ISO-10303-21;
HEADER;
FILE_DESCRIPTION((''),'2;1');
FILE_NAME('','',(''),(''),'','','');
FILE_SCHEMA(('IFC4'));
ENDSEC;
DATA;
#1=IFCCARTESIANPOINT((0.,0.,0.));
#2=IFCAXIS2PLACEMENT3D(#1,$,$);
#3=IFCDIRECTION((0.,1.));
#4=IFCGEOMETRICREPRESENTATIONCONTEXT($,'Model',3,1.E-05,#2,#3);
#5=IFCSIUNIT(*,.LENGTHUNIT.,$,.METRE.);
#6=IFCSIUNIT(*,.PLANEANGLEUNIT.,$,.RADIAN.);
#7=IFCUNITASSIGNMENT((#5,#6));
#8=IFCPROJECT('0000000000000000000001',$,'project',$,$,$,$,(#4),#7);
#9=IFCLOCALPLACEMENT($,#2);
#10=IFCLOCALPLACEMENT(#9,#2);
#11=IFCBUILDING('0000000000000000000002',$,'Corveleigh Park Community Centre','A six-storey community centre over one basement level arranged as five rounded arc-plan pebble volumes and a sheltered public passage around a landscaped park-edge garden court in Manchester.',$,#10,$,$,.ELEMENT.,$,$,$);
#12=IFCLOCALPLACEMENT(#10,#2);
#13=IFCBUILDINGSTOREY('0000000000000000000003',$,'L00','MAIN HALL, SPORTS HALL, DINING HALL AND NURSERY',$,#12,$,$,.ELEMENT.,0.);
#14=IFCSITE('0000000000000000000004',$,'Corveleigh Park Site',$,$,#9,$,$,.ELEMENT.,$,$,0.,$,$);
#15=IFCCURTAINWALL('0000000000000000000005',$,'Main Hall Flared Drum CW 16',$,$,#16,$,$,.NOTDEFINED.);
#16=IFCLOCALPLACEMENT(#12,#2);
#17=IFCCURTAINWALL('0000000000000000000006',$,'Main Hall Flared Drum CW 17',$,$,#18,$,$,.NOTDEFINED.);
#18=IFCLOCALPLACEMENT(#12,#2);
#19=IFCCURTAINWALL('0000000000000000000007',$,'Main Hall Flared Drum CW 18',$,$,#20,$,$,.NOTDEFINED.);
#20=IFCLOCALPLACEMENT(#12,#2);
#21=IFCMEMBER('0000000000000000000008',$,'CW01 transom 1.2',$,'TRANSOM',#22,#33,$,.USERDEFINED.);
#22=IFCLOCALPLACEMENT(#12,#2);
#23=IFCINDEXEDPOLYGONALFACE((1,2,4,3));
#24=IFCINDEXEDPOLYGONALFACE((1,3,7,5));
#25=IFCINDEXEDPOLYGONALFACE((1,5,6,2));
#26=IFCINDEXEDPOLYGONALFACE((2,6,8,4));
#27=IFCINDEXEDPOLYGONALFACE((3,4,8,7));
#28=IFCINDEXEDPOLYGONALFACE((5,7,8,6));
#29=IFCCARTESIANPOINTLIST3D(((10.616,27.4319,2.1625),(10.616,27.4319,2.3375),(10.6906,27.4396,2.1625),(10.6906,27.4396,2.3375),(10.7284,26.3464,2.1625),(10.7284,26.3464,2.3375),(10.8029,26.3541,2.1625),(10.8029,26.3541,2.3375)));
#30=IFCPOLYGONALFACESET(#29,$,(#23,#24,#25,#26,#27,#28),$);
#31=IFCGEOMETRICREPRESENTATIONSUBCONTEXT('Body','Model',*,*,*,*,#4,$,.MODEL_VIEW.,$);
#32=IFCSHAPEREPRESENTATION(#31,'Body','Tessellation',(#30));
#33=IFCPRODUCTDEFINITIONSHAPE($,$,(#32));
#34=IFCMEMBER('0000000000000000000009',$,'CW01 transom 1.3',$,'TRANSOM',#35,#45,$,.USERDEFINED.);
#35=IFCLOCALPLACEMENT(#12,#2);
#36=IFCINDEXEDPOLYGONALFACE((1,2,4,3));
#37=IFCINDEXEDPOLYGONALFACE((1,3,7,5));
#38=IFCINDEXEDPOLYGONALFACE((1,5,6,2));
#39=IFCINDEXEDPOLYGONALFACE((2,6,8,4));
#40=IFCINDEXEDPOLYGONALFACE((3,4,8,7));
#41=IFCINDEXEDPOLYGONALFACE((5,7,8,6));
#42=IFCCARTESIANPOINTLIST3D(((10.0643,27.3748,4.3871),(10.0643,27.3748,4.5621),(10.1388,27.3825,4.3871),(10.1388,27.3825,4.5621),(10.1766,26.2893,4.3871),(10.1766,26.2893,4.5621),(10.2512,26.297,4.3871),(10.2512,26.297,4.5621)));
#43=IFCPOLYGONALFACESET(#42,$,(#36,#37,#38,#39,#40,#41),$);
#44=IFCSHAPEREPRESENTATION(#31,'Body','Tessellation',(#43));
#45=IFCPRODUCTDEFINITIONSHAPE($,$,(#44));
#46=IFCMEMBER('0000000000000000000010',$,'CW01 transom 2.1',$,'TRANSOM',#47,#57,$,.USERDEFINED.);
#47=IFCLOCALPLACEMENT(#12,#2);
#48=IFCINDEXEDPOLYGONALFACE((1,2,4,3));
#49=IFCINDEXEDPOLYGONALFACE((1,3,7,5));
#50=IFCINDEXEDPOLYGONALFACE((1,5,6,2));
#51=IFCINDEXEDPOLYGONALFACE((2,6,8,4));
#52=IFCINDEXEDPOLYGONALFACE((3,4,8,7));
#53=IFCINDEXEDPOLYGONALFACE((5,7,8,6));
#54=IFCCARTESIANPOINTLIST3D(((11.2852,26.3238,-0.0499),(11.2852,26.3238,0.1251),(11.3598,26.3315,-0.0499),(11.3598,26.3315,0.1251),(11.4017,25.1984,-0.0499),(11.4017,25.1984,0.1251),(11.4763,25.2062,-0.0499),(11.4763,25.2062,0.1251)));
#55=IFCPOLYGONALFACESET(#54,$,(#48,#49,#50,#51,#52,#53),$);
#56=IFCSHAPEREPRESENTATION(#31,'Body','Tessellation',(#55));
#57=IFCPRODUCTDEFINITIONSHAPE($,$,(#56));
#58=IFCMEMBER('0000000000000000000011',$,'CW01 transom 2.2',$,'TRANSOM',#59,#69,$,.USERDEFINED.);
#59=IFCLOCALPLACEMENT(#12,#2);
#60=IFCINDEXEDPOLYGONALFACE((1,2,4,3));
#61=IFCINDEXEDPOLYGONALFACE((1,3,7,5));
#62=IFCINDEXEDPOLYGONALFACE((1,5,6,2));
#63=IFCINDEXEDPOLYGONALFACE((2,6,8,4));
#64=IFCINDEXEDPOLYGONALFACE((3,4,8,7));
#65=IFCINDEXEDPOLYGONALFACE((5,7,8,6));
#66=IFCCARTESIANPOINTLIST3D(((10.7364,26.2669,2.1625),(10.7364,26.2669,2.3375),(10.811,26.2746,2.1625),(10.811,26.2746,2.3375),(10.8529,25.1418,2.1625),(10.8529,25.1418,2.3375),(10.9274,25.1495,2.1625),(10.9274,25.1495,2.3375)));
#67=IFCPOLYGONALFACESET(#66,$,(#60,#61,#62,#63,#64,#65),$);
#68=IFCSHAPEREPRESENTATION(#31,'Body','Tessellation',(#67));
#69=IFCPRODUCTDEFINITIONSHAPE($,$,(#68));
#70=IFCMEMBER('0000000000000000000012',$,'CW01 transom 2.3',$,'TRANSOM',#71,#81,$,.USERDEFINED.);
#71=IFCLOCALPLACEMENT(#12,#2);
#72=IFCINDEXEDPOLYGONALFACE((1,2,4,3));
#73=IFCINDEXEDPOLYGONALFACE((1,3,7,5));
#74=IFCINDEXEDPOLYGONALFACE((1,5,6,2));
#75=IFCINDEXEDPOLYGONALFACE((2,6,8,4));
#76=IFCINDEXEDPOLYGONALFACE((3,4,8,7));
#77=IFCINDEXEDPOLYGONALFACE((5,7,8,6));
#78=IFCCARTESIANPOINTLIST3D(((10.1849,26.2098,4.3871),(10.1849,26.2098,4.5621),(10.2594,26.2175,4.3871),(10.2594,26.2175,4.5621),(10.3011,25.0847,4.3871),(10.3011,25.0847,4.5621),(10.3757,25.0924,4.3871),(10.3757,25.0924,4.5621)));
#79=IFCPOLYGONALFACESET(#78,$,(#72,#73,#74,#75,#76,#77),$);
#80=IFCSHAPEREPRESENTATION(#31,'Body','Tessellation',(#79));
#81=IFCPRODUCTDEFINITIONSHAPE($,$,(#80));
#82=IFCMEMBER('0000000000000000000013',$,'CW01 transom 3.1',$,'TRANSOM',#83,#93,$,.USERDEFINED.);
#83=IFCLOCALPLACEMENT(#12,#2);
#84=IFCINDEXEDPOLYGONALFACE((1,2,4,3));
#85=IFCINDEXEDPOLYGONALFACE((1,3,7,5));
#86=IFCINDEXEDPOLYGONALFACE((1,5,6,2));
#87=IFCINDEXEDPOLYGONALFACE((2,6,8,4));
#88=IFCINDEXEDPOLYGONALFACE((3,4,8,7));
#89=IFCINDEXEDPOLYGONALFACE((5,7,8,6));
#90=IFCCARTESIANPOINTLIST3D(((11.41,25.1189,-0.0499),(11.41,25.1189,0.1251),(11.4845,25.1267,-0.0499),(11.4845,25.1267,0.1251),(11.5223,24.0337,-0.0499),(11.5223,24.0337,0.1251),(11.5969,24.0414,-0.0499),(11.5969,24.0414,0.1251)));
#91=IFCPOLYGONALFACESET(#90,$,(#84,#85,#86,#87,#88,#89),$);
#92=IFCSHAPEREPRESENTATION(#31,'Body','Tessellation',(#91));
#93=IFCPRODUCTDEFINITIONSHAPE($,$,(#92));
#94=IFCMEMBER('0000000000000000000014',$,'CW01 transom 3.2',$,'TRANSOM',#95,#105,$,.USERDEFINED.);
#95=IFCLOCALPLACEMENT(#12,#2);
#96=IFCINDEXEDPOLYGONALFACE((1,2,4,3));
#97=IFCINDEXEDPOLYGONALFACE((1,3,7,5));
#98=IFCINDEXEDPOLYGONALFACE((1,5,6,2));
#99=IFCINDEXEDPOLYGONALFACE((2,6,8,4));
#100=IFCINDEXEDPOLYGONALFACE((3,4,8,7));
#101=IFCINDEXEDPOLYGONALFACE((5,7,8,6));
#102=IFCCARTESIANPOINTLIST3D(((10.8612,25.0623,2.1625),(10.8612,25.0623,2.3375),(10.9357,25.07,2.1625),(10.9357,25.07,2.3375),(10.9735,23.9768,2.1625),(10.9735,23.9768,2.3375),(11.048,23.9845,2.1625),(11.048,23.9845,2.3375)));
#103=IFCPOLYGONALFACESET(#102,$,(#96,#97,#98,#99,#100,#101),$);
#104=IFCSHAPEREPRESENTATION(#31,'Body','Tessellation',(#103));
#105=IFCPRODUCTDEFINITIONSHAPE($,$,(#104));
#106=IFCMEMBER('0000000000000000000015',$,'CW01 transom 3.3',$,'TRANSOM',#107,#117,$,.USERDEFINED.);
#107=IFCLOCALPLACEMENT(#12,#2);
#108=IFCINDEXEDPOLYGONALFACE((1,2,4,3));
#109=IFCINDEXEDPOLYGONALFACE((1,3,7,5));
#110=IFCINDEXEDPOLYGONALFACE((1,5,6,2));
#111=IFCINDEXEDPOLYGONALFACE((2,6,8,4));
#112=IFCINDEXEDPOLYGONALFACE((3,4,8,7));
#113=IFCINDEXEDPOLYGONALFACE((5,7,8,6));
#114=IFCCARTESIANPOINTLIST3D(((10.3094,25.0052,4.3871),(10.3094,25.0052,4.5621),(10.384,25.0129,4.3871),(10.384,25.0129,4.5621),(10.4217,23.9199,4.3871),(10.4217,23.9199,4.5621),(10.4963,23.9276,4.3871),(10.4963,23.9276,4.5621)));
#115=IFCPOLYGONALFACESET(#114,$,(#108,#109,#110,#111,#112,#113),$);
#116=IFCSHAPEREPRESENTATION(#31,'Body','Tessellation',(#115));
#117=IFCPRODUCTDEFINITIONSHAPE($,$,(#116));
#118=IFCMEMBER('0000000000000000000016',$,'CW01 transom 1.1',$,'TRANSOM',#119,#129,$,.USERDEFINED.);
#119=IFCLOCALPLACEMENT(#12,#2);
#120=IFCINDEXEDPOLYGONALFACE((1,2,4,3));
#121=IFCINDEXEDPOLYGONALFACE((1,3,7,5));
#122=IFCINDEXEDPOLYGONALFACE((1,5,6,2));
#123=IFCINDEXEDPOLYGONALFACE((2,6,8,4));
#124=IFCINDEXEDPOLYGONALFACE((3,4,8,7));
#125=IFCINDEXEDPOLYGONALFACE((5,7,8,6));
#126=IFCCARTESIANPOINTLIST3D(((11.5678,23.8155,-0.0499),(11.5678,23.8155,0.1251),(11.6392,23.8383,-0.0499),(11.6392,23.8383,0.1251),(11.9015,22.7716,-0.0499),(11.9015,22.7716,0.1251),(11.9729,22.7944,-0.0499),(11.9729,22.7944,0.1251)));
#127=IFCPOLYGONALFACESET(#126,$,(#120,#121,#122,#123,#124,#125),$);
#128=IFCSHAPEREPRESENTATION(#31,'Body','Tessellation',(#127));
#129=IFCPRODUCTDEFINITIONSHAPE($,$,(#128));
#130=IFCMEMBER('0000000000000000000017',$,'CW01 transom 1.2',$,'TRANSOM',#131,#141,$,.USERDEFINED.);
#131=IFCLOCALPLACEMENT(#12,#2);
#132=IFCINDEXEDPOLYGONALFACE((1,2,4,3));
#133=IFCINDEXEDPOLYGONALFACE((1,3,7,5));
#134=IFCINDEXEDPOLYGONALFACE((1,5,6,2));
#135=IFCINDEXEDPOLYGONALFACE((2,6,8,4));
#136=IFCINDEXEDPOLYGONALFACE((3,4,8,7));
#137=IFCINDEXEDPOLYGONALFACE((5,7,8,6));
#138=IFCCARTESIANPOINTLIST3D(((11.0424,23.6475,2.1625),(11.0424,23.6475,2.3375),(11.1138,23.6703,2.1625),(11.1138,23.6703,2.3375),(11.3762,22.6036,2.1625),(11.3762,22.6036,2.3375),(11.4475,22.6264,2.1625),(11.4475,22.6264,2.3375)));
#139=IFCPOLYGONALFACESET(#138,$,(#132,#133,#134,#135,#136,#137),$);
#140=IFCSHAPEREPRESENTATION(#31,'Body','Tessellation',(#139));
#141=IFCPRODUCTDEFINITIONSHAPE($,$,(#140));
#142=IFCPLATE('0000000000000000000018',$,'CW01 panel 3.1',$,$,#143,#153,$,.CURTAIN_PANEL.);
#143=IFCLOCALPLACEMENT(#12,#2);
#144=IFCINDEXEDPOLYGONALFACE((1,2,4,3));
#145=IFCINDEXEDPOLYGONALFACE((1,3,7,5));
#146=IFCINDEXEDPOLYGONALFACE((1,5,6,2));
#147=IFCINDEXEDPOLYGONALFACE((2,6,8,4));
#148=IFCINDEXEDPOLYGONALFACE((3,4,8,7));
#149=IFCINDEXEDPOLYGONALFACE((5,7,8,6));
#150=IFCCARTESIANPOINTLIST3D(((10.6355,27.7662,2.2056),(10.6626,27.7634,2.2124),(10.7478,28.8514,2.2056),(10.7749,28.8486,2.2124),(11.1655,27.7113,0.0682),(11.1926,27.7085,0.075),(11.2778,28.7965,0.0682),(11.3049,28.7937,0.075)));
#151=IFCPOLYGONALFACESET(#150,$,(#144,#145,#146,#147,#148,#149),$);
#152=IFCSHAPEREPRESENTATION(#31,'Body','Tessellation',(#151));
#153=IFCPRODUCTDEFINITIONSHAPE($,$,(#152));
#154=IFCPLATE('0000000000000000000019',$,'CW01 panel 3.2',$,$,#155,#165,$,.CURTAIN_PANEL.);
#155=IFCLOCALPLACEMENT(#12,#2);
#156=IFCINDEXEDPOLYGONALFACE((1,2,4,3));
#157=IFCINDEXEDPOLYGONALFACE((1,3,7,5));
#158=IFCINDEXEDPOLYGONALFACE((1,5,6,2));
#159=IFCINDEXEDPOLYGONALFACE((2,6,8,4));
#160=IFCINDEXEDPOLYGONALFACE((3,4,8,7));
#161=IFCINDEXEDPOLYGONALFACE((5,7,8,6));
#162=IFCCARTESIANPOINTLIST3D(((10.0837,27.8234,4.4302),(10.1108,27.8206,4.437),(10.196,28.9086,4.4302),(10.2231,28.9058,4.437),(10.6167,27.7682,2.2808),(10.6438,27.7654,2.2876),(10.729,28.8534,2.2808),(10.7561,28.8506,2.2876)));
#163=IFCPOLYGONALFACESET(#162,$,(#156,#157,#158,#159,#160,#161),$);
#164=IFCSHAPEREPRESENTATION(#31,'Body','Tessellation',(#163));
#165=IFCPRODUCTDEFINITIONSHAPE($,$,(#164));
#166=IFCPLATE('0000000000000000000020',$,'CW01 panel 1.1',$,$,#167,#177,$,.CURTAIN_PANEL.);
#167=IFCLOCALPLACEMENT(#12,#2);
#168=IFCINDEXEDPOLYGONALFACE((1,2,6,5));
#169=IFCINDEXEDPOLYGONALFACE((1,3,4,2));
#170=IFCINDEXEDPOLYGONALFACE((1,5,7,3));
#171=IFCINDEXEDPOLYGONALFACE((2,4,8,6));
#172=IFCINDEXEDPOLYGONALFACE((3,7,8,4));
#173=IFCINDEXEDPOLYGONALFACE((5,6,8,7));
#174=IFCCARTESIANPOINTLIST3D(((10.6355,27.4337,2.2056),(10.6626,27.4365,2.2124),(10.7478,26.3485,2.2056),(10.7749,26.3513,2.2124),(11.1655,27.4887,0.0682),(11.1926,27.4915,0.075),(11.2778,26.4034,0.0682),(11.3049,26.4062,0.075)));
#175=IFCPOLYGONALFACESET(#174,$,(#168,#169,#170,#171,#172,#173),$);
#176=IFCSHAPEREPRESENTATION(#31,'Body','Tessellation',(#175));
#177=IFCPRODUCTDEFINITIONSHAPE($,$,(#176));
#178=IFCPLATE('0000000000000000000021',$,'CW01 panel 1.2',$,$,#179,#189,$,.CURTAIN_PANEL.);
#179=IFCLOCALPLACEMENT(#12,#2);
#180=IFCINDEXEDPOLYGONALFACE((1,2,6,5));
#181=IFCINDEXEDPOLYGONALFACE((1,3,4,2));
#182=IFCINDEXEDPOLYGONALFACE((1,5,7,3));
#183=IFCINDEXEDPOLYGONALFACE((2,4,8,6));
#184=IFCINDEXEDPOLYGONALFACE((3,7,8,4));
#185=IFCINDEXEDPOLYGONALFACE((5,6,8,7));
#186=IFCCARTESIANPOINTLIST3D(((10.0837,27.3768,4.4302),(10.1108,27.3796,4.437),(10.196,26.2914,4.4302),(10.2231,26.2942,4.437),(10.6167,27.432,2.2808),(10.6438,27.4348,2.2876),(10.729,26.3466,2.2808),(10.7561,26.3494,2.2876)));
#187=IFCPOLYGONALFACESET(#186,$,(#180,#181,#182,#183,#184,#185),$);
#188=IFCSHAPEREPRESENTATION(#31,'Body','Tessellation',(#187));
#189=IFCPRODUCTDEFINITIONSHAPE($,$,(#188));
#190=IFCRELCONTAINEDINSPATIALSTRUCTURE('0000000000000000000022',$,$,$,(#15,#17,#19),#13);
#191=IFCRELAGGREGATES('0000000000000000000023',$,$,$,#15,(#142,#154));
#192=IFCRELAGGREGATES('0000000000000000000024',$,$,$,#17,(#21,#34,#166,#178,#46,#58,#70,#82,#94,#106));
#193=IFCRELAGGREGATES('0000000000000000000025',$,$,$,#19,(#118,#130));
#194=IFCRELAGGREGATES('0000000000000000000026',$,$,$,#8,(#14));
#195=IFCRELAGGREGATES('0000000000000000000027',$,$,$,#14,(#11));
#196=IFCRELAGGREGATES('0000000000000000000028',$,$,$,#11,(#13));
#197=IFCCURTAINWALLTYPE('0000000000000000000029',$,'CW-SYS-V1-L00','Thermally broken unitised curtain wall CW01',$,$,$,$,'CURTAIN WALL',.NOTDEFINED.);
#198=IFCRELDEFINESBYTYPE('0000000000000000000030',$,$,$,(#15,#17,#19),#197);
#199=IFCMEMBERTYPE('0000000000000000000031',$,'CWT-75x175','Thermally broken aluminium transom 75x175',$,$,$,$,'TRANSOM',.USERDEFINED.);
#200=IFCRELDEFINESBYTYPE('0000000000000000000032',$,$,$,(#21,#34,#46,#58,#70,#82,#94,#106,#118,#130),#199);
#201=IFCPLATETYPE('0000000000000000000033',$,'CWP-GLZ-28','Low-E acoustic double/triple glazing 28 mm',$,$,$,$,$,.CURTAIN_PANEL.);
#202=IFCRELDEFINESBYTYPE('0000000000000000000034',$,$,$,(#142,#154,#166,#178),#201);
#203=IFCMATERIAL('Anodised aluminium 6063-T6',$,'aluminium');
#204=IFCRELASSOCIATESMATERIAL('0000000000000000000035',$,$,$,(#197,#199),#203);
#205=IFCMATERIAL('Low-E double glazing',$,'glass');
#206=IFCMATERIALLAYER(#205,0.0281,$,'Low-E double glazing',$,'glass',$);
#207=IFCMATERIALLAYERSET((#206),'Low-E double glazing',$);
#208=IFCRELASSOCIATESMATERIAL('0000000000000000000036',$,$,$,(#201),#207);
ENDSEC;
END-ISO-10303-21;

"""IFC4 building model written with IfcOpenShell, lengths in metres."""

from ifc_helpers import new_model, si_unit, direction, frame, origin, origin_2d, place, context, subcontext, project, spatial, polyline, rectangle, outline, extrude, material, layer, layer_set, material_profile, profile_set, type_object, element, aggregate, save


model = new_model("IFC4")

# Units and contexts
model_context = context("Model", 3, precision=1e-05, world=origin(), true_north=direction((0.0, 1.0)))
body_context = subcontext(model_context, "Body", "Model", "MODEL_VIEW")
ifc_project = project(units=[si_unit("LENGTHUNIT", "METRE"), si_unit("PLANEANGLEUNIT", "RADIAN")], contexts=[model_context])

# Site, building, storey
site_placement = place(None, origin())
site = spatial("IfcSite", under=ifc_project, at=site_placement, Name="Corveleigh Park Site", CompositionType="ELEMENT", RefElevation=0.0)
building_placement = place(site_placement, origin())
building = spatial("IfcBuilding", under=site, at=building_placement, Name="Corveleigh Park Community Centre", Description="A six-storey community centre over one basement level arranged as five rounded arc-plan pebble volumes and a sheltered public passage around a landscaped park-edge garden court in Manchester.", CompositionType="ELEMENT")
storey_placement = place(building_placement, origin())
storey = spatial("IfcBuildingStorey", under=building, at=storey_placement, Name="L00", Description="MAIN HALL, SPORTS HALL, DINING HALL AND NURSERY", CompositionType="ELEMENT", Elevation=0.0)

# Curtain walls
ifc_material_1 = material(Name="Anodised aluminium 6063-T6", Category="aluminium")
curtain_wall_type = type_object("IfcCurtainWallType", Name="CW-SYS-V1-L00", Description="Thermally broken unitised curtain wall CW01", ElementType="CURTAIN WALL", PredefinedType="NOTDEFINED", material=ifc_material_1)
curtain_wall_1_placement = place(storey_placement, origin())
curtain_wall_1 = element("IfcCurtainWall", 1, at=curtain_wall_1_placement, inside=storey, type_object=curtain_wall_type, Name="Main Hall Flared Drum CW 16", PredefinedType="NOTDEFINED")
curtain_wall_2_placement = place(storey_placement, origin())
curtain_wall_2 = element("IfcCurtainWall", 2, at=curtain_wall_2_placement, inside=storey, type_object=curtain_wall_type, Name="Main Hall Flared Drum CW 17", PredefinedType="NOTDEFINED")

# Curtain wall
curtain_wall_3_placement = place(storey_placement, origin())
curtain_wall_3 = element("IfcCurtainWall", 3, at=curtain_wall_3_placement, inside=storey, type_object=curtain_wall_type, Name="Main Hall Flared Drum CW 18", PredefinedType="NOTDEFINED")

# Members
ifc_material_profile_1 = material_profile(ifc_material_1, rectangle(XDim=0.075, YDim=0.175, at=origin_2d()), Name="ALU-T75x175", Category="aluminium")
ifc_profile_set_1 = profile_set([ifc_material_profile_1], Name="Anodised aluminium 6063-T6")
member_type_1 = type_object("IfcMemberType", Name="CWT-75x175", Description="Thermally broken aluminium transom 75x175", ElementType="TRANSOM", PredefinedType="USERDEFINED", material=ifc_profile_set_1)
member_1_placement = place(storey_placement, frame((10.6533, 27.4358, 2.25), z_axis=(0.102914, -0.99469, 0.0), x_axis=(0.99469, 0.102914, 0.0)))
member_1 = element("IfcMember", 4, at=member_1_placement, type_object=member_type_1, Name="CW01 transom 1.2", ObjectType="TRANSOM", PredefinedType="USERDEFINED", context=body_context, shape_type="SweptSolid", body=[
    extrude(rectangle(XDim=0.075, YDim=0.175, at=origin_2d()), origin(), (0.0, 0.0, 1.0), 1.0913),
])
member_2_placement = place(storey_placement, frame((10.1016, 27.3787, 4.4746), z_axis=(0.102914, -0.99469, 0.0), x_axis=(0.99469, 0.102914, 0.0)))
member_2 = element("IfcMember", 5, at=member_2_placement, type_object=member_type_1, Name="CW01 transom 1.3", ObjectType="TRANSOM", PredefinedType="USERDEFINED", context=body_context, shape_type="SweptSolid", body=[
    extrude(rectangle(XDim=0.075, YDim=0.175, at=origin_2d()), origin(), (0.0, 0.0, 1.0), 1.0913),
])
member_3_placement = place(storey_placement, frame((11.3225, 26.3276, 0.0376), z_axis=(0.102943, -0.994687, 0.0), x_axis=(0.994687, 0.102943, 0.0)))
member_3 = element("IfcMember", 6, at=member_3_placement, type_object=member_type_1, Name="CW01 transom 2.1", ObjectType="TRANSOM", PredefinedType="USERDEFINED", context=body_context, shape_type="SweptSolid", body=[
    extrude(rectangle(XDim=0.075, YDim=0.175, at=origin_2d()), origin(), (0.0, 0.0, 1.0), 1.1313),
])
member_4_placement = place(storey_placement, frame((10.7737, 26.2708, 2.25), z_axis=(0.102965, -0.994685, 0.0), x_axis=(0.994685, 0.102965, 0.0)))
member_4 = element("IfcMember", 7, at=member_4_placement, type_object=member_type_1, Name="CW01 transom 2.2", ObjectType="TRANSOM", PredefinedType="USERDEFINED", context=body_context, shape_type="SweptSolid", body=[
    extrude(rectangle(XDim=0.075, YDim=0.175, at=origin_2d()), origin(), (0.0, 0.0, 1.0), 1.1311),
])
member_5_placement = place(storey_placement, frame((10.2222, 26.2136, 4.4746), z_axis=(0.102752, -0.994707, 0.0), x_axis=(0.994707, 0.102752, 0.0)))
member_5 = element("IfcMember", 8, at=member_5_placement, type_object=member_type_1, Name="CW01 transom 2.3", ObjectType="TRANSOM", PredefinedType="USERDEFINED", context=body_context, shape_type="SweptSolid", body=[
    extrude(rectangle(XDim=0.075, YDim=0.175, at=origin_2d()), origin(), (0.0, 0.0, 1.0), 1.1311),
])
member_6_placement = place(storey_placement, frame((11.4473, 25.1228, 0.0376), z_axis=(0.102937, -0.994688, 0.0), x_axis=(0.994688, 0.102937, 0.0)))
member_6 = element("IfcMember", 9, at=member_6_placement, type_object=member_type_1, Name="CW01 transom 3.1", ObjectType="TRANSOM", PredefinedType="USERDEFINED", context=body_context, shape_type="SweptSolid", body=[
    extrude(rectangle(XDim=0.075, YDim=0.175, at=origin_2d()), origin(), (0.0, 0.0, 1.0), 1.0911),
])
member_7_placement = place(storey_placement, frame((10.8984, 25.0662, 2.25), z_axis=(0.102914, -0.99469, 0.0), x_axis=(0.99469, 0.102914, 0.0)))
member_7 = element("IfcMember", 10, at=member_7_placement, type_object=member_type_1, Name="CW01 transom 3.2", ObjectType="TRANSOM", PredefinedType="USERDEFINED", context=body_context, shape_type="SweptSolid", body=[
    extrude(rectangle(XDim=0.075, YDim=0.175, at=origin_2d()), origin(), (0.0, 0.0, 1.0), 1.0913),
])
member_8_placement = place(storey_placement, frame((10.3467, 25.009, 4.4746), z_axis=(0.102937, -0.994688, 0.0), x_axis=(0.994688, 0.102937, 0.0)))
member_8 = element("IfcMember", 11, at=member_8_placement, type_object=member_type_1, Name="CW01 transom 3.3", ObjectType="TRANSOM", PredefinedType="USERDEFINED", context=body_context, shape_type="SweptSolid", body=[
    extrude(rectangle(XDim=0.075, YDim=0.175, at=origin_2d()), origin(), (0.0, 0.0, 1.0), 1.0911),
])
member_9_placement = place(storey_placement, frame((11.6035, 23.8269, 0.0376), z_axis=(0.304509, -0.952509, 0.0), x_axis=(0.952509, 0.304509, 0.0)))
member_9 = element("IfcMember", 12, at=member_9_placement, type_object=member_type_1, Name="CW01 transom 1.1", ObjectType="TRANSOM", PredefinedType="USERDEFINED", context=body_context, shape_type="SweptSolid", body=[
    extrude(rectangle(XDim=0.075, YDim=0.175, at=origin_2d()), origin(), (0.0, 0.0, 1.0), 1.0959),
])
member_10_placement = place(storey_placement, frame((11.0781, 23.6589, 2.25), z_axis=(0.304509, -0.952509, 0.0), x_axis=(0.952509, 0.304509, 0.0)))
member_10 = element("IfcMember", 13, at=member_10_placement, type_object=member_type_1, Name="CW01 transom 1.2", ObjectType="TRANSOM", PredefinedType="USERDEFINED", context=body_context, shape_type="SweptSolid", body=[
    extrude(rectangle(XDim=0.075, YDim=0.175, at=origin_2d()), origin(), (0.0, 0.0, 1.0), 1.0959),
])

# Plates
ifc_material_2 = material(Name="Low-E double glazing", Category="glass")
ifc_layer = layer(ifc_material_2, 0.0281, Name="Low-E double glazing", Category="glass")
ifc_layer_set = layer_set([ifc_layer], Name="Low-E double glazing")
plate_type = type_object("IfcPlateType", Name="CWP-GLZ-28", Description="Low-E acoustic double/triple glazing 28 mm", PredefinedType="CURTAIN_PANEL", material=ifc_layer_set)
plate_1_placement = place(storey_placement, frame((11.3049, 28.7937, 0.075), z_axis=(0.965148, -0.09988, 0.241897), x_axis=(-0.102937, -0.994688, 0.0)))
plate_1 = element("IfcPlate", 14, at=plate_1_placement, type_object=plate_type, Name="CW01 panel 3.1", PredefinedType="CURTAIN_PANEL", context=body_context, shape_type="SweptSolid", body=[
    extrude(outline(polyline([(0.0, 0.0), (1.091, 0.0), (1.0909, -2.2029), (-0.0001, -2.2029), (0.0, 0.0)])), origin(), (0.0, 0.0, -1.0), 0.0281),
])
plate_2_placement = place(storey_placement, frame((10.7561, 28.8506, 2.2876), z_axis=(0.965152, -0.099881, 0.241879), x_axis=(-0.102937, -0.994688, 0.0)))
plate_2 = element("IfcPlate", 15, at=plate_2_placement, type_object=plate_type, Name="CW01 panel 3.2", PredefinedType="CURTAIN_PANEL", context=body_context, shape_type="SweptSolid", body=[
    extrude(outline(polyline([(0.0, 0.0), (1.091, 0.0), (1.091, -2.2152), (0.0, -2.2152), (0.0, 0.0)])), origin(), (0.0, 0.0, -1.0), 0.0281),
])
aggregate(curtain_wall_1, [plate_1, plate_2])
plate_3_placement = place(storey_placement, frame((11.1926, 27.4915, 0.075), z_axis=(0.965148, 0.09988, 0.241897), x_axis=(0.102937, -0.994688, 0.0)))
plate_3 = element("IfcPlate", 16, at=plate_3_placement, type_object=plate_type, Name="CW01 panel 1.1", PredefinedType="CURTAIN_PANEL", context=body_context, shape_type="SweptSolid", body=[
    extrude(outline(polyline([(0.0, 0.0), (1.091, 0.0), (1.0911, -2.2029), (0.0001, -2.2029), (0.0, 0.0)])), origin(), (0.0, 0.0, -1.0), 0.0281),
])
plate_4_placement = place(storey_placement, frame((10.6438, 27.4348, 2.2876), z_axis=(0.965154, 0.099859, 0.241879), x_axis=(0.102914, -0.99469, 0.0)))
plate_4 = element("IfcPlate", 17, at=plate_4_placement, type_object=plate_type, Name="CW01 panel 1.2", PredefinedType="CURTAIN_PANEL", context=body_context, shape_type="SweptSolid", body=[
    extrude(outline(polyline([(0.0, 0.0), (1.0912, 0.0), (1.0913, -2.2152), (0.0, -2.2152), (0.0, 0.0)])), origin(), (0.0, 0.0, -1.0), 0.0281),
])
aggregate(curtain_wall_2, [member_1, member_2, plate_3, plate_4, member_3, member_4, member_5, member_6, member_7, member_8])
aggregate(curtain_wall_3, [member_9, member_10])

save(model, "model.ifc")
